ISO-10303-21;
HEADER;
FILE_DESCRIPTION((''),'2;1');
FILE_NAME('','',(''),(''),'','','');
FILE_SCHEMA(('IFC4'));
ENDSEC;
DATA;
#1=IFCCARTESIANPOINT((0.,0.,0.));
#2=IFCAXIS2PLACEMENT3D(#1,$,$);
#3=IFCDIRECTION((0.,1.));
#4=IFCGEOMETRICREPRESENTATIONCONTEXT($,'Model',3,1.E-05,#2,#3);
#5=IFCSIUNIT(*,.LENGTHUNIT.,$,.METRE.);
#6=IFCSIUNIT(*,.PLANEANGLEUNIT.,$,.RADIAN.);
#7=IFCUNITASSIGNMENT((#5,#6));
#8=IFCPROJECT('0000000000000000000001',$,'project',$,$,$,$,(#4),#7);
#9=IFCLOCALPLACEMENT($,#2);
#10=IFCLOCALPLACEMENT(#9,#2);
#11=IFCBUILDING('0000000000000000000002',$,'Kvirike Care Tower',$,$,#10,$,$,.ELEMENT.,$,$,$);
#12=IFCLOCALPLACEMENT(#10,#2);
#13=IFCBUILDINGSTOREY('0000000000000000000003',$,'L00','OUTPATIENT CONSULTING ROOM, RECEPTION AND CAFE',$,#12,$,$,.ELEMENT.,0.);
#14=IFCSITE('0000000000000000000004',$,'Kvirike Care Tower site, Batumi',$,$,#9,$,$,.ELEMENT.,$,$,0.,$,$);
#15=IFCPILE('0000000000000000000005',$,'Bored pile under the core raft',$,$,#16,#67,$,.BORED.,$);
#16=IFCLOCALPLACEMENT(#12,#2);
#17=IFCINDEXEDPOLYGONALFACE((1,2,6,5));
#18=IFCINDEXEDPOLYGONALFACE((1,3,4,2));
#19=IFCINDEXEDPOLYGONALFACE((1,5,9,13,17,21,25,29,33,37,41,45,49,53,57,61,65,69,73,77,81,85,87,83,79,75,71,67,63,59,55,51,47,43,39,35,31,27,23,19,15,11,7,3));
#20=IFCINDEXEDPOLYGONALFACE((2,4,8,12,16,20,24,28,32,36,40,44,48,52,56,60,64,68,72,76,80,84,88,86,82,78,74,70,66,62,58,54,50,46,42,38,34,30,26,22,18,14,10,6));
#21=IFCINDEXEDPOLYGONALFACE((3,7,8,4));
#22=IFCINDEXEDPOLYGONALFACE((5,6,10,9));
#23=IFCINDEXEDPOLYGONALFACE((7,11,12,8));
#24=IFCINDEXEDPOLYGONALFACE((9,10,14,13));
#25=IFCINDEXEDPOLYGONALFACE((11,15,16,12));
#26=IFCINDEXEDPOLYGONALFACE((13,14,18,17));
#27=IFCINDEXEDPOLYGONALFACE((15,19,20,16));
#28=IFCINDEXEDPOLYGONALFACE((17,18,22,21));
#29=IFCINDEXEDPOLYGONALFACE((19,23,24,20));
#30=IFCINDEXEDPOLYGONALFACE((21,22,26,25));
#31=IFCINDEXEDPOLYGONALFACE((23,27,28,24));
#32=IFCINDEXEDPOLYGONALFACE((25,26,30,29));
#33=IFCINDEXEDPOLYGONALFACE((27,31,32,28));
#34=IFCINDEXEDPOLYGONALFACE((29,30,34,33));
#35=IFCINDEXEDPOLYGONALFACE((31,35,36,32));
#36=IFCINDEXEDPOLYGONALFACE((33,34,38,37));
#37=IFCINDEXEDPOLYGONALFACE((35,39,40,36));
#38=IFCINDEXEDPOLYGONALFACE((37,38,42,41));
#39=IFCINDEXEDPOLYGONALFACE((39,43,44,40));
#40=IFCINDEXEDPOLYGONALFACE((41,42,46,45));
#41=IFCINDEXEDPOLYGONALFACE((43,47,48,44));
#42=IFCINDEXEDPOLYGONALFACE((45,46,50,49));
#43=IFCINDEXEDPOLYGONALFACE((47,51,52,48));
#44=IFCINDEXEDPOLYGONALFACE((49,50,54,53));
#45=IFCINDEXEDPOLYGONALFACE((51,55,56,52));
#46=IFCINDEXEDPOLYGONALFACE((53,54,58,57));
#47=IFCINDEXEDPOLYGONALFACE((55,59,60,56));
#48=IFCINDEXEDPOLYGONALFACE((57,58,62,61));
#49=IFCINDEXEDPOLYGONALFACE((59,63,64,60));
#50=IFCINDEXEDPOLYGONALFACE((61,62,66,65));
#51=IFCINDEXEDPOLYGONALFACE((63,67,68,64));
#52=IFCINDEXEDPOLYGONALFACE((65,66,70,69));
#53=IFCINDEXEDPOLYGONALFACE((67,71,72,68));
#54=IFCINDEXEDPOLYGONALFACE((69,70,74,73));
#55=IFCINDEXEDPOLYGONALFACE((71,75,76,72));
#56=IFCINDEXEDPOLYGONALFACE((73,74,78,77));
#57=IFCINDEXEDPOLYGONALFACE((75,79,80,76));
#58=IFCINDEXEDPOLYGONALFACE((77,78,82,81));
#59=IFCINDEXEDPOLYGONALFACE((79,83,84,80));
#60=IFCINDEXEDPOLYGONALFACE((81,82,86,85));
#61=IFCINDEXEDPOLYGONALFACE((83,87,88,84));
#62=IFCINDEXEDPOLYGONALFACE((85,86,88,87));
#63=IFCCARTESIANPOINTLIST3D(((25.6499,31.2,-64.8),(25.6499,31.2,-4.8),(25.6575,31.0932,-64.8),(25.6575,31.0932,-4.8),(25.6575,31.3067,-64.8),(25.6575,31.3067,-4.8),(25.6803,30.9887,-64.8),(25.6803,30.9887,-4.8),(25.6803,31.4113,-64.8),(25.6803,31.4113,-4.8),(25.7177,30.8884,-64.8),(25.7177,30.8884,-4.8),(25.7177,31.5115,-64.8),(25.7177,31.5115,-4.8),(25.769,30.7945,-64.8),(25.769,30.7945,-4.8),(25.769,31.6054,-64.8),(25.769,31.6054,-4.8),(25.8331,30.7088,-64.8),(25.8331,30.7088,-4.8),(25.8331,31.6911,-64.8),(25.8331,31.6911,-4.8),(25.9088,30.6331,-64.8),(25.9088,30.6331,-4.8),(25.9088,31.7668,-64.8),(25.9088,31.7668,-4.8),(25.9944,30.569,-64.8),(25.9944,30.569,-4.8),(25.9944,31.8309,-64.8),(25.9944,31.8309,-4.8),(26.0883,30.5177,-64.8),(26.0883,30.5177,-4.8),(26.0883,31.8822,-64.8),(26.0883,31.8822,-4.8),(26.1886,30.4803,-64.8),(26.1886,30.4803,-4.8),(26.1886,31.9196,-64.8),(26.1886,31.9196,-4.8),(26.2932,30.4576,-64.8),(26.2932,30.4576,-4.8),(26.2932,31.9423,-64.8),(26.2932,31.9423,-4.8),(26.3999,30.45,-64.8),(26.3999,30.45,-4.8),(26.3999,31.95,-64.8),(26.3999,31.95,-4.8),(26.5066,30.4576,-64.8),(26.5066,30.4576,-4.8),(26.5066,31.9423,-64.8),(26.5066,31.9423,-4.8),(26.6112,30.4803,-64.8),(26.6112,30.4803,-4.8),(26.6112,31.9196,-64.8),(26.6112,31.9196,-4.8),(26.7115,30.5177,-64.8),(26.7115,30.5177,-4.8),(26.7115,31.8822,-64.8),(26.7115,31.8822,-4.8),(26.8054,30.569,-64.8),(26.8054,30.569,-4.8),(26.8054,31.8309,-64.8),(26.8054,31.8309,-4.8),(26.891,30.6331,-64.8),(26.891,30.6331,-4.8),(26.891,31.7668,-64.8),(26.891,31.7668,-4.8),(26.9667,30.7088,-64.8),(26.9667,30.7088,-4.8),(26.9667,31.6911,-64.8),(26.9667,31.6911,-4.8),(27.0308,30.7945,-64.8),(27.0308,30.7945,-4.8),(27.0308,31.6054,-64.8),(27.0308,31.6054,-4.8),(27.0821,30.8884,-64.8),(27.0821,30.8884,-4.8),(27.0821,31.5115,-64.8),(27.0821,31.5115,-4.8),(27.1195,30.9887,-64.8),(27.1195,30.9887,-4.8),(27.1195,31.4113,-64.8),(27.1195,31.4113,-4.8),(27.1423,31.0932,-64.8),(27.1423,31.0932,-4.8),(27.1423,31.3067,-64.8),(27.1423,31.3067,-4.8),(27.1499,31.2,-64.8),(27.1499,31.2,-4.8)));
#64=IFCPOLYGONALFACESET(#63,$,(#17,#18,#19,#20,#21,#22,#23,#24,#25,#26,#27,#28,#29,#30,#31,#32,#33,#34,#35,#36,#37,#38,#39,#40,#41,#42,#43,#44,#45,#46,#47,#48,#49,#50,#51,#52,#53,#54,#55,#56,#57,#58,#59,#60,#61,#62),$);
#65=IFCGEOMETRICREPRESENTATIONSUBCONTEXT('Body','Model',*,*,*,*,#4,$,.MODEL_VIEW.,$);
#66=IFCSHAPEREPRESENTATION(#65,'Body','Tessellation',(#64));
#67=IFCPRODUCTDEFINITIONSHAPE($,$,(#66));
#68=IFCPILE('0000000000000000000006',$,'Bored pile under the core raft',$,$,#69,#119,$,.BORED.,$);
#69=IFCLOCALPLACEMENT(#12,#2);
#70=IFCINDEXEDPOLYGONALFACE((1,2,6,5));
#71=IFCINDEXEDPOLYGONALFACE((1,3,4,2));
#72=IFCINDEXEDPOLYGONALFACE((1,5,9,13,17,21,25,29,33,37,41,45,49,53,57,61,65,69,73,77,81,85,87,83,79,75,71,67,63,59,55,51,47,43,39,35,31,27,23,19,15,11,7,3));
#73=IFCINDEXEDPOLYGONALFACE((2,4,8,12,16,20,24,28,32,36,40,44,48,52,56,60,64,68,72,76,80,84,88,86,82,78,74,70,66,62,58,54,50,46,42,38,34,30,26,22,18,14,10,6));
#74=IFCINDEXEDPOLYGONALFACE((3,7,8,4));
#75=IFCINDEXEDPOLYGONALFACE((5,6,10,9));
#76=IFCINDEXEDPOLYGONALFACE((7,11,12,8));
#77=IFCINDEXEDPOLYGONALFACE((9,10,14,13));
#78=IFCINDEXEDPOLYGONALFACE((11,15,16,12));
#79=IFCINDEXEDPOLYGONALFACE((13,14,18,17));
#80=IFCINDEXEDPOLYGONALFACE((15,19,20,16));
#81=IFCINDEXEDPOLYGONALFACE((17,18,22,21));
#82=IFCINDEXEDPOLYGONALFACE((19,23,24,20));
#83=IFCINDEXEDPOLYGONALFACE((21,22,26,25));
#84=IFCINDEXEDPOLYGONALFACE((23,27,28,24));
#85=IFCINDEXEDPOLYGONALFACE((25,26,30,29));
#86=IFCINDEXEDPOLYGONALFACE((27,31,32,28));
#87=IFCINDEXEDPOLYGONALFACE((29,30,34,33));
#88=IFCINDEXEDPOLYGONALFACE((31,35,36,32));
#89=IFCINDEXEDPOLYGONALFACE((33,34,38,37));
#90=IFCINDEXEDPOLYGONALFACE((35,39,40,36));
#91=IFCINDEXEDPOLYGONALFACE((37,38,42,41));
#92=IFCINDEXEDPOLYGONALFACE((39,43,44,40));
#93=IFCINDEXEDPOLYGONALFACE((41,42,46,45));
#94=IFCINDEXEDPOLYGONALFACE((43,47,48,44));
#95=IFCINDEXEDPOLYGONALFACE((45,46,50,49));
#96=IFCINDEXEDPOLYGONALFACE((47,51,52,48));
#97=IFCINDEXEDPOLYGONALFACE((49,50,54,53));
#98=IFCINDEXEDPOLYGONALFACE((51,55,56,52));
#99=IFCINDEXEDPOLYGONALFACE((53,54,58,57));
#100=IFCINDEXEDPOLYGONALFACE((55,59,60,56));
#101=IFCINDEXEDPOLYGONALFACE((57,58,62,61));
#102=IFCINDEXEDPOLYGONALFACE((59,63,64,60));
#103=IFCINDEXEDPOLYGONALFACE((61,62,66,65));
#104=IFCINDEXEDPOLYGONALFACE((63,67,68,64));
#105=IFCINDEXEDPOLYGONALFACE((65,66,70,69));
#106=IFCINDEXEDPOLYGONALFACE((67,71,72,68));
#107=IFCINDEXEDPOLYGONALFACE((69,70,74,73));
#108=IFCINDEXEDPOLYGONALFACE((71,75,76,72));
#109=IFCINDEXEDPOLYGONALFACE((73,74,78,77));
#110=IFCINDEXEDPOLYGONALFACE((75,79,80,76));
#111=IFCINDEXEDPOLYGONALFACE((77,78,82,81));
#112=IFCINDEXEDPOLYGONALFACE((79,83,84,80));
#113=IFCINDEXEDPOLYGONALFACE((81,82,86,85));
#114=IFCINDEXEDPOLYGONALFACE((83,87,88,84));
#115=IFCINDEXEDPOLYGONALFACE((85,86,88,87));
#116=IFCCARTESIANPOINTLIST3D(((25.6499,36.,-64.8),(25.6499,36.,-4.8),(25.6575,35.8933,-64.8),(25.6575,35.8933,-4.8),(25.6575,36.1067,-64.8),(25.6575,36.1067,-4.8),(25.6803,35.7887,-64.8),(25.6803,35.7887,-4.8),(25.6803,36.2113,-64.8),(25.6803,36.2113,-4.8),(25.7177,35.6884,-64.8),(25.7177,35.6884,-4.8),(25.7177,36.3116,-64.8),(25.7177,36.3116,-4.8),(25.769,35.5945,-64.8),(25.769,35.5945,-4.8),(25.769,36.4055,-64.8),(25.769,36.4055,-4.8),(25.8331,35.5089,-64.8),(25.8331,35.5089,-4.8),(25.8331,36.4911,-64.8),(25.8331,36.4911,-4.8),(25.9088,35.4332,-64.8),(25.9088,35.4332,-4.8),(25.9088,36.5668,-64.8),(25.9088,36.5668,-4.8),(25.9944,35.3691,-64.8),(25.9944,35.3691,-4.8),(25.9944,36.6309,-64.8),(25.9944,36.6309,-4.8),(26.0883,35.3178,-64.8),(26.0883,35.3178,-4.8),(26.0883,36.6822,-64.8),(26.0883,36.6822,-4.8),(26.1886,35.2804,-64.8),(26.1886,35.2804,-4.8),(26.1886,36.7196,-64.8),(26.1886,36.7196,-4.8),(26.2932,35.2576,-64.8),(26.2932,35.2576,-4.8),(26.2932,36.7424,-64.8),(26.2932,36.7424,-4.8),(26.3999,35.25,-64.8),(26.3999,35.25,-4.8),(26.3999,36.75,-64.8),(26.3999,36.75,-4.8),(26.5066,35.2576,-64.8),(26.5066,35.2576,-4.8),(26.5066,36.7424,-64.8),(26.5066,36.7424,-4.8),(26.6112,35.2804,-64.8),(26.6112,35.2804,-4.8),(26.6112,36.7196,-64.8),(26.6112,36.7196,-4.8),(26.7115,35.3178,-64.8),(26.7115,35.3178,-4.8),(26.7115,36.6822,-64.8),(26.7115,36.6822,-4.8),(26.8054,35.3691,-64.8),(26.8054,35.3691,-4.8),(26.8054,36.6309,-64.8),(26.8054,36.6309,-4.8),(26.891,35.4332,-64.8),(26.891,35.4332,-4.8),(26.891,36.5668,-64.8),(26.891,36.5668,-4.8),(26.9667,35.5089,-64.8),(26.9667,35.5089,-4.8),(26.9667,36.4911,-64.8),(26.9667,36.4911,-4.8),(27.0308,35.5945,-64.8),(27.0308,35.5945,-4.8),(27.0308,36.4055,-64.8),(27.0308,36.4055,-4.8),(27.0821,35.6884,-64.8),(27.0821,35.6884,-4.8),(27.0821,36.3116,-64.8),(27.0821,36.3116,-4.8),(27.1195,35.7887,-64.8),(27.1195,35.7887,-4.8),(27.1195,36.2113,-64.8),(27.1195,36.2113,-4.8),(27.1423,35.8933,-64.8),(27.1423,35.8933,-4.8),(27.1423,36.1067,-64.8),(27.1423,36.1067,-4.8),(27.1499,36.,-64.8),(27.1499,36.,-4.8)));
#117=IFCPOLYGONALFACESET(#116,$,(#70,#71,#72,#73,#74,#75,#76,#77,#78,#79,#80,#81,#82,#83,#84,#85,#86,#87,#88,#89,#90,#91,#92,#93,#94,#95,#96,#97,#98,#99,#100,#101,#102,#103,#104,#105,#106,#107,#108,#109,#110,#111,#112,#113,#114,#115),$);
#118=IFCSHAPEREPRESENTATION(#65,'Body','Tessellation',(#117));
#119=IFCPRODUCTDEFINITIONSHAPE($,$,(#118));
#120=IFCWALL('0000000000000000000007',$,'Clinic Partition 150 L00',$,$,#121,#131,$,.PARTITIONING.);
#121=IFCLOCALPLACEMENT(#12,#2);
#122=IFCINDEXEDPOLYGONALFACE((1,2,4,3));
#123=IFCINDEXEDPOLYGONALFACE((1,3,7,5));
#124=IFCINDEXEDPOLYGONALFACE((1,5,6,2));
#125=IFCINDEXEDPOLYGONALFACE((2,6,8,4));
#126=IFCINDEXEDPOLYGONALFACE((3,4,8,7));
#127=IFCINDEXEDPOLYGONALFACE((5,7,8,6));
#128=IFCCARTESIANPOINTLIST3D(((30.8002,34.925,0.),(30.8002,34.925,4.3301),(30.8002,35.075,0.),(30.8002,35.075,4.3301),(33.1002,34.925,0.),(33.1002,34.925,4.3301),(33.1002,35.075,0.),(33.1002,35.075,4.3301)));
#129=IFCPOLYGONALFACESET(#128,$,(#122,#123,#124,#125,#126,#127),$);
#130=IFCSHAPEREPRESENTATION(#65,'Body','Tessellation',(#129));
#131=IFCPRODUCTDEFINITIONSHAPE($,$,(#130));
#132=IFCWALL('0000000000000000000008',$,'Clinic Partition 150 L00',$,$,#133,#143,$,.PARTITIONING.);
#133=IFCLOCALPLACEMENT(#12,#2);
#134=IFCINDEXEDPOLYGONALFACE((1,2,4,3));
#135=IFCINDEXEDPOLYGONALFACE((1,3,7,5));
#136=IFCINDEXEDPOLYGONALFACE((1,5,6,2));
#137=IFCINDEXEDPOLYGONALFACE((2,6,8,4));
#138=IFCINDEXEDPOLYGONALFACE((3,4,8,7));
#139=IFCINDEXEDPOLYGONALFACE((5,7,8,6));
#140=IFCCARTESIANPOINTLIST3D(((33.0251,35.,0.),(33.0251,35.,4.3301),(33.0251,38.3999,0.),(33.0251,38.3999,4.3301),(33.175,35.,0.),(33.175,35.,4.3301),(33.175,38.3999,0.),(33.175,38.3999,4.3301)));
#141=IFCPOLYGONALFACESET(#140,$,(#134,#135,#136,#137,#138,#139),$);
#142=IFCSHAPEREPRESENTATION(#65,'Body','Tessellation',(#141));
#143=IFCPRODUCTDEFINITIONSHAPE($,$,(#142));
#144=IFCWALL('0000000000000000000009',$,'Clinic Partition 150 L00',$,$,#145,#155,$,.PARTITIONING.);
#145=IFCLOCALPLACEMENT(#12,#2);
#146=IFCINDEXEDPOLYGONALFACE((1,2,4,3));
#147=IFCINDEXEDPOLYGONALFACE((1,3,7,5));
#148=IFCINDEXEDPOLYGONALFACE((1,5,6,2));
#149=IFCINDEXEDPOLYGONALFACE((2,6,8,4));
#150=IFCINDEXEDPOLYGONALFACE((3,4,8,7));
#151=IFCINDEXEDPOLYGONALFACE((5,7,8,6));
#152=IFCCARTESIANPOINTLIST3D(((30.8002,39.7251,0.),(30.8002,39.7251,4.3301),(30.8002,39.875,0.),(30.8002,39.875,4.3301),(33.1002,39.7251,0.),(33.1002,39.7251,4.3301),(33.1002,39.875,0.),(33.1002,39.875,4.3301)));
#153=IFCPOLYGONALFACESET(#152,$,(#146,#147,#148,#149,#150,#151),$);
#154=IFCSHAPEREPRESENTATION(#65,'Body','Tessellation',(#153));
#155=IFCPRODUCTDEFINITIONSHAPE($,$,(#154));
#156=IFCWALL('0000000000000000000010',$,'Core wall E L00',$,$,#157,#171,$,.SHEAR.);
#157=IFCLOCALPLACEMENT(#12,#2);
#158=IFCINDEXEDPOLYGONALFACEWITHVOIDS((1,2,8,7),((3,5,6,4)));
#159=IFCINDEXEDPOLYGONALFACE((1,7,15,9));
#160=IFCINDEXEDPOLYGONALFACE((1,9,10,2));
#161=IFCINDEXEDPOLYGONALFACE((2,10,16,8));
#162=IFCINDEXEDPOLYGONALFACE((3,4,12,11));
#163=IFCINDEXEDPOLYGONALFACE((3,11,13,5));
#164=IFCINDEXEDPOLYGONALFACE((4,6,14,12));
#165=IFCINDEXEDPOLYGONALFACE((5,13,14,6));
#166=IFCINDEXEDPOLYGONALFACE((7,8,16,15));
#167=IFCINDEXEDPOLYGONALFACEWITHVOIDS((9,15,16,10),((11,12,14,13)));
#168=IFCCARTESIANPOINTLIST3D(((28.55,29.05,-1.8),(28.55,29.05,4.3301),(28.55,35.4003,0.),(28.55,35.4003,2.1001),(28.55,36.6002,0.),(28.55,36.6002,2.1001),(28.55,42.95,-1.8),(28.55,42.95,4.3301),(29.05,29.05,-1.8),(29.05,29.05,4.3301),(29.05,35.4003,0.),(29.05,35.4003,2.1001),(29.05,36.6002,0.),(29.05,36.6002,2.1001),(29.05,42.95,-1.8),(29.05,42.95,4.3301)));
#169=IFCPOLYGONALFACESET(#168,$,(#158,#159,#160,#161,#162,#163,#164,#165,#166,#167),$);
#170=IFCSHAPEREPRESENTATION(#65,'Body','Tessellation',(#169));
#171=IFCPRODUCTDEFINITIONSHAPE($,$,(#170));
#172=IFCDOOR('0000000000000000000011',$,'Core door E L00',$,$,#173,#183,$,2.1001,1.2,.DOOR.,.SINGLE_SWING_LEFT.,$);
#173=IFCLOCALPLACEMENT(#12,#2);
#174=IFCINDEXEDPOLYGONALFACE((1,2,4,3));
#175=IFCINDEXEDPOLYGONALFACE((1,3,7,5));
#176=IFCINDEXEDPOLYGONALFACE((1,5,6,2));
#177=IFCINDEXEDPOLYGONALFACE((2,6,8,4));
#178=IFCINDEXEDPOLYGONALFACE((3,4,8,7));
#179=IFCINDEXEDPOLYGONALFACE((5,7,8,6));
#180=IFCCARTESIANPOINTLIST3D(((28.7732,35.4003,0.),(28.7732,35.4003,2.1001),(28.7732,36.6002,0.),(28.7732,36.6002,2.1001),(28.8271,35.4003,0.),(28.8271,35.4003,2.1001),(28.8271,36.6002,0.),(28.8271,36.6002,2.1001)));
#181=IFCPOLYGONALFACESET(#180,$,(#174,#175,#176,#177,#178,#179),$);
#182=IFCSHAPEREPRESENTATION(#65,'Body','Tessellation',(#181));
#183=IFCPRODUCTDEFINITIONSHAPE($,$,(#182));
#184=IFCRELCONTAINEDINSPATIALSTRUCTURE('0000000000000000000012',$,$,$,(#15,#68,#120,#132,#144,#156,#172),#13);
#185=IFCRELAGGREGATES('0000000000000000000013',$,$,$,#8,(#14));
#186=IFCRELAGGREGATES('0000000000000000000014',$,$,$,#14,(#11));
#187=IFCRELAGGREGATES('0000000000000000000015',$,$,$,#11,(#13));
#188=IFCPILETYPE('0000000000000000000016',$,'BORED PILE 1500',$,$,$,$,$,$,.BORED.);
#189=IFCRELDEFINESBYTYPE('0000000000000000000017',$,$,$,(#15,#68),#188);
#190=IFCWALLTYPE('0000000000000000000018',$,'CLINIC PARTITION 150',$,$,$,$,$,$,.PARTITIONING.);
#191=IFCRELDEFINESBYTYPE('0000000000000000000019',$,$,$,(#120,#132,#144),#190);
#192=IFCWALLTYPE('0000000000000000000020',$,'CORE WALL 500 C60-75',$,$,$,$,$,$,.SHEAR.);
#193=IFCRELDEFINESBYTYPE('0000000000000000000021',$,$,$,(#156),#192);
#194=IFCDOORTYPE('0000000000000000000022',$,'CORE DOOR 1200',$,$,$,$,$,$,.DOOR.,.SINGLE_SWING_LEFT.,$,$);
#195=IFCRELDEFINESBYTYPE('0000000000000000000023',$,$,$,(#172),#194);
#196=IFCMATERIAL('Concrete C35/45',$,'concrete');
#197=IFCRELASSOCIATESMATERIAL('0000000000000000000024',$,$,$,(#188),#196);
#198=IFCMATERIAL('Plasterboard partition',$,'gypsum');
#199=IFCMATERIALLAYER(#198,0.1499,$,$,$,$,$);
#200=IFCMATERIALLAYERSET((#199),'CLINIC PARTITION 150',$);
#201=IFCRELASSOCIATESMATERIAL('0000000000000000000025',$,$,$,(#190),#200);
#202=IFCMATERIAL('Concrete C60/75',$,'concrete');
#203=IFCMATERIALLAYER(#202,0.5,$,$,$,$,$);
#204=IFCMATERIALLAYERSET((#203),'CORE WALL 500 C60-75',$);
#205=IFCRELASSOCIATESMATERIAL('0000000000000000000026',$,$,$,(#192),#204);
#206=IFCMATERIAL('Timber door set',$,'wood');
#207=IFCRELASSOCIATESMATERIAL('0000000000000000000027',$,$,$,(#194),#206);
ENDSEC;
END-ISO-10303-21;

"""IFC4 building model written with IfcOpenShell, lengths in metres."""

from ifc_helpers import new_model, si_unit, direction, frame, frame_2d, origin, origin_2d, place, context, subcontext, project, spatial, rectangle, circle, extrude, material, layer, layer_set, material_profile, profile_set, type_object, element, fill, save


model = new_model("IFC4")

# Units and contexts
model_context = context("Model", 3, precision=1e-05, world=origin(), true_north=direction((0.0, 1.0)))
body_context = subcontext(model_context, "Body", "Model", "MODEL_VIEW")
ifc_project = project(units=[si_unit("LENGTHUNIT", "METRE"), si_unit("PLANEANGLEUNIT", "RADIAN")], contexts=[model_context])

# Site, building, storey
site_placement = place(None, origin())
site = spatial("IfcSite", under=ifc_project, at=site_placement, Name="Kvirike Care Tower site, Batumi", CompositionType="ELEMENT", RefElevation=0.0)
building_placement = place(site_placement, origin())
building = spatial("IfcBuilding", under=site, at=building_placement, Name="Kvirike Care Tower", CompositionType="ELEMENT")
storey_placement = place(building_placement, origin())
storey = spatial("IfcBuildingStorey", under=building, at=storey_placement, Name="L00", Description="OUTPATIENT CONSULTING ROOM, RECEPTION AND CAFE", CompositionType="ELEMENT", Elevation=0.0)

# Piles
ifc_material_1 = material(Name="Concrete C35/45", Category="concrete")
ifc_material_profile = material_profile(ifc_material_1, circle(Radius=0.75, at=origin_2d()), Name="BORED PILE 1500")
ifc_profile_set = profile_set([ifc_material_profile], Name="Concrete C35/45")
pile_type = type_object("IfcPileType", Name="BORED PILE 1500", PredefinedType="BORED", material=ifc_profile_set)
for number, where, z_axis, x_axis, name in (
    (1, (26.3999, 31.2, -4.8), (0.0, 0.0, -1.0), (1.0, 0.0, 0.0), "Bored pile under the core raft"),
    (2, (26.3999, 36.0, -4.8), (0.0, 0.0, -1.0), (1.0, 0.0, 0.0), "Bored pile under the core raft"),
):
    element("IfcPile", number, at=place(storey_placement, frame(where, z_axis=z_axis, x_axis=x_axis)), inside=storey, type_object=pile_type, Name=name, PredefinedType="BORED", context=body_context, shape_type="SweptSolid", body=[
        extrude(circle(Radius=0.75, at=origin_2d()), origin(), (0.0, 0.0, 1.0), 60.0),
    ])

# Walls
ifc_material_2 = material(Name="Plasterboard partition", Category="gypsum")
ifc_layer_1 = layer(ifc_material_2, 0.1499)
ifc_layer_set_1 = layer_set([ifc_layer_1], Name="CLINIC PARTITION 150")
wall_type_1 = type_object("IfcWallType", Name="CLINIC PARTITION 150", PredefinedType="PARTITIONING", material=ifc_layer_set_1)
wall_1_placement = place(storey_placement, frame((33.1001, 35.0, 0.0), z_axis=(0.0, 0.0, 1.0), x_axis=(-1.0, 0.0, 0.0)))
element("IfcWall", 3, at=wall_1_placement, inside=storey, type_object=wall_type_1, Name="Clinic Partition 150 L00", PredefinedType="PARTITIONING", context=body_context, shape_type="SweptSolid", body=[
    extrude(rectangle(XDim=2.3, YDim=0.1499, at=frame_2d((1.1499, 0.0))), origin(), (0.0, 0.0, 1.0), 4.3301),
])
wall_2_placement = place(storey_placement, frame((33.1001, 35.0, 0.0), z_axis=(0.0, 0.0, 1.0), x_axis=(0.0, 1.0, 0.0)))
element("IfcWall", 4, at=wall_2_placement, inside=storey, type_object=wall_type_1, Name="Clinic Partition 150 L00", PredefinedType="PARTITIONING", context=body_context, shape_type="SweptSolid", body=[
    extrude(rectangle(XDim=3.3999, YDim=0.1499, at=frame_2d((1.7, 0.0))), origin(), (0.0, 0.0, 1.0), 4.3301),
])
wall_3_placement = place(storey_placement, frame((33.1001, 39.8, 0.0), z_axis=(0.0, 0.0, 1.0), x_axis=(-1.0, 0.0, 0.0)))
element("IfcWall", 5, at=wall_3_placement, inside=storey, type_object=wall_type_1, Name="Clinic Partition 150 L00", PredefinedType="PARTITIONING", context=body_context, shape_type="SweptSolid", body=[
    extrude(rectangle(XDim=2.3, YDim=0.1499, at=frame_2d((1.1499, 0.0))), origin(), (0.0, 0.0, 1.0), 4.3301),
])

# Wall, opening, door
ifc_material_3 = material(Name="Concrete C60/75", Category="concrete")
ifc_layer_2 = layer(ifc_material_3, 0.5)
ifc_layer_set_2 = layer_set([ifc_layer_2], Name="CORE WALL 500 C60-75")
wall_type_2 = type_object("IfcWallType", Name="CORE WALL 500 C60-75", PredefinedType="SHEAR", material=ifc_layer_set_2)
wall_4_placement = place(storey_placement, frame((28.8, 29.05, -1.8), z_axis=(0.0, 0.0, 1.0), x_axis=(0.0, 1.0, 0.0)))
wall_4 = element("IfcWall", 6, at=wall_4_placement, inside=storey, type_object=wall_type_2, Name="Core wall E L00", PredefinedType="SHEAR", context=body_context, shape_type="SweptSolid", body=[
    extrude(rectangle(XDim=13.8999, YDim=0.5, at=frame_2d((6.95, 0.0))), origin(), (0.0, 0.0, 1.0), 6.1301),
])
opening_1_placement = place(wall_4_placement, frame((6.3501, 0.0, 1.8)))
opening_1 = element("IfcOpeningElement", 7, at=opening_1_placement, cuts=wall_4, PredefinedType="OPENING", context=body_context, shape_type="SweptSolid", body=[
    extrude(rectangle(XDim=1.2, YDim=2.1001, at=frame_2d((0.6001, 1.05))), frame((0.0, 0.2605, 0.0), z_axis=(0.0, -1.0, 0.0), x_axis=(1.0, 0.0, 0.0)), (0.0, 0.0, 1.0), 0.521),
])
ifc_material_4 = material(Name="Timber door set", Category="wood")
door_type_1 = type_object("IfcDoorType", Name="CORE DOOR 1200", OperationType="SINGLE_SWING_LEFT", PredefinedType="DOOR", material=ifc_material_4)
door_1_placement = place(opening_1_placement, origin())
door_1 = element("IfcDoor", 8, at=door_1_placement, inside=storey, type_object=door_type_1, Name="Core door E L00", OperationType="SINGLE_SWING_LEFT", OverallHeight=2.1001, OverallWidth=1.2, PredefinedType="DOOR", context=body_context, shape_type="SweptSolid", body=[
    extrude(rectangle(XDim=1.2, YDim=2.1001, at=frame_2d((0.6001, 1.05))), frame((0.0, 0.0269, 0.0), z_axis=(0.0, -1.0, 0.0), x_axis=(1.0, 0.0, 0.0)), (0.0, 0.0, 1.0), 0.054),
])
fill(opening_1, door_1)

save(model, "model.ifc")
